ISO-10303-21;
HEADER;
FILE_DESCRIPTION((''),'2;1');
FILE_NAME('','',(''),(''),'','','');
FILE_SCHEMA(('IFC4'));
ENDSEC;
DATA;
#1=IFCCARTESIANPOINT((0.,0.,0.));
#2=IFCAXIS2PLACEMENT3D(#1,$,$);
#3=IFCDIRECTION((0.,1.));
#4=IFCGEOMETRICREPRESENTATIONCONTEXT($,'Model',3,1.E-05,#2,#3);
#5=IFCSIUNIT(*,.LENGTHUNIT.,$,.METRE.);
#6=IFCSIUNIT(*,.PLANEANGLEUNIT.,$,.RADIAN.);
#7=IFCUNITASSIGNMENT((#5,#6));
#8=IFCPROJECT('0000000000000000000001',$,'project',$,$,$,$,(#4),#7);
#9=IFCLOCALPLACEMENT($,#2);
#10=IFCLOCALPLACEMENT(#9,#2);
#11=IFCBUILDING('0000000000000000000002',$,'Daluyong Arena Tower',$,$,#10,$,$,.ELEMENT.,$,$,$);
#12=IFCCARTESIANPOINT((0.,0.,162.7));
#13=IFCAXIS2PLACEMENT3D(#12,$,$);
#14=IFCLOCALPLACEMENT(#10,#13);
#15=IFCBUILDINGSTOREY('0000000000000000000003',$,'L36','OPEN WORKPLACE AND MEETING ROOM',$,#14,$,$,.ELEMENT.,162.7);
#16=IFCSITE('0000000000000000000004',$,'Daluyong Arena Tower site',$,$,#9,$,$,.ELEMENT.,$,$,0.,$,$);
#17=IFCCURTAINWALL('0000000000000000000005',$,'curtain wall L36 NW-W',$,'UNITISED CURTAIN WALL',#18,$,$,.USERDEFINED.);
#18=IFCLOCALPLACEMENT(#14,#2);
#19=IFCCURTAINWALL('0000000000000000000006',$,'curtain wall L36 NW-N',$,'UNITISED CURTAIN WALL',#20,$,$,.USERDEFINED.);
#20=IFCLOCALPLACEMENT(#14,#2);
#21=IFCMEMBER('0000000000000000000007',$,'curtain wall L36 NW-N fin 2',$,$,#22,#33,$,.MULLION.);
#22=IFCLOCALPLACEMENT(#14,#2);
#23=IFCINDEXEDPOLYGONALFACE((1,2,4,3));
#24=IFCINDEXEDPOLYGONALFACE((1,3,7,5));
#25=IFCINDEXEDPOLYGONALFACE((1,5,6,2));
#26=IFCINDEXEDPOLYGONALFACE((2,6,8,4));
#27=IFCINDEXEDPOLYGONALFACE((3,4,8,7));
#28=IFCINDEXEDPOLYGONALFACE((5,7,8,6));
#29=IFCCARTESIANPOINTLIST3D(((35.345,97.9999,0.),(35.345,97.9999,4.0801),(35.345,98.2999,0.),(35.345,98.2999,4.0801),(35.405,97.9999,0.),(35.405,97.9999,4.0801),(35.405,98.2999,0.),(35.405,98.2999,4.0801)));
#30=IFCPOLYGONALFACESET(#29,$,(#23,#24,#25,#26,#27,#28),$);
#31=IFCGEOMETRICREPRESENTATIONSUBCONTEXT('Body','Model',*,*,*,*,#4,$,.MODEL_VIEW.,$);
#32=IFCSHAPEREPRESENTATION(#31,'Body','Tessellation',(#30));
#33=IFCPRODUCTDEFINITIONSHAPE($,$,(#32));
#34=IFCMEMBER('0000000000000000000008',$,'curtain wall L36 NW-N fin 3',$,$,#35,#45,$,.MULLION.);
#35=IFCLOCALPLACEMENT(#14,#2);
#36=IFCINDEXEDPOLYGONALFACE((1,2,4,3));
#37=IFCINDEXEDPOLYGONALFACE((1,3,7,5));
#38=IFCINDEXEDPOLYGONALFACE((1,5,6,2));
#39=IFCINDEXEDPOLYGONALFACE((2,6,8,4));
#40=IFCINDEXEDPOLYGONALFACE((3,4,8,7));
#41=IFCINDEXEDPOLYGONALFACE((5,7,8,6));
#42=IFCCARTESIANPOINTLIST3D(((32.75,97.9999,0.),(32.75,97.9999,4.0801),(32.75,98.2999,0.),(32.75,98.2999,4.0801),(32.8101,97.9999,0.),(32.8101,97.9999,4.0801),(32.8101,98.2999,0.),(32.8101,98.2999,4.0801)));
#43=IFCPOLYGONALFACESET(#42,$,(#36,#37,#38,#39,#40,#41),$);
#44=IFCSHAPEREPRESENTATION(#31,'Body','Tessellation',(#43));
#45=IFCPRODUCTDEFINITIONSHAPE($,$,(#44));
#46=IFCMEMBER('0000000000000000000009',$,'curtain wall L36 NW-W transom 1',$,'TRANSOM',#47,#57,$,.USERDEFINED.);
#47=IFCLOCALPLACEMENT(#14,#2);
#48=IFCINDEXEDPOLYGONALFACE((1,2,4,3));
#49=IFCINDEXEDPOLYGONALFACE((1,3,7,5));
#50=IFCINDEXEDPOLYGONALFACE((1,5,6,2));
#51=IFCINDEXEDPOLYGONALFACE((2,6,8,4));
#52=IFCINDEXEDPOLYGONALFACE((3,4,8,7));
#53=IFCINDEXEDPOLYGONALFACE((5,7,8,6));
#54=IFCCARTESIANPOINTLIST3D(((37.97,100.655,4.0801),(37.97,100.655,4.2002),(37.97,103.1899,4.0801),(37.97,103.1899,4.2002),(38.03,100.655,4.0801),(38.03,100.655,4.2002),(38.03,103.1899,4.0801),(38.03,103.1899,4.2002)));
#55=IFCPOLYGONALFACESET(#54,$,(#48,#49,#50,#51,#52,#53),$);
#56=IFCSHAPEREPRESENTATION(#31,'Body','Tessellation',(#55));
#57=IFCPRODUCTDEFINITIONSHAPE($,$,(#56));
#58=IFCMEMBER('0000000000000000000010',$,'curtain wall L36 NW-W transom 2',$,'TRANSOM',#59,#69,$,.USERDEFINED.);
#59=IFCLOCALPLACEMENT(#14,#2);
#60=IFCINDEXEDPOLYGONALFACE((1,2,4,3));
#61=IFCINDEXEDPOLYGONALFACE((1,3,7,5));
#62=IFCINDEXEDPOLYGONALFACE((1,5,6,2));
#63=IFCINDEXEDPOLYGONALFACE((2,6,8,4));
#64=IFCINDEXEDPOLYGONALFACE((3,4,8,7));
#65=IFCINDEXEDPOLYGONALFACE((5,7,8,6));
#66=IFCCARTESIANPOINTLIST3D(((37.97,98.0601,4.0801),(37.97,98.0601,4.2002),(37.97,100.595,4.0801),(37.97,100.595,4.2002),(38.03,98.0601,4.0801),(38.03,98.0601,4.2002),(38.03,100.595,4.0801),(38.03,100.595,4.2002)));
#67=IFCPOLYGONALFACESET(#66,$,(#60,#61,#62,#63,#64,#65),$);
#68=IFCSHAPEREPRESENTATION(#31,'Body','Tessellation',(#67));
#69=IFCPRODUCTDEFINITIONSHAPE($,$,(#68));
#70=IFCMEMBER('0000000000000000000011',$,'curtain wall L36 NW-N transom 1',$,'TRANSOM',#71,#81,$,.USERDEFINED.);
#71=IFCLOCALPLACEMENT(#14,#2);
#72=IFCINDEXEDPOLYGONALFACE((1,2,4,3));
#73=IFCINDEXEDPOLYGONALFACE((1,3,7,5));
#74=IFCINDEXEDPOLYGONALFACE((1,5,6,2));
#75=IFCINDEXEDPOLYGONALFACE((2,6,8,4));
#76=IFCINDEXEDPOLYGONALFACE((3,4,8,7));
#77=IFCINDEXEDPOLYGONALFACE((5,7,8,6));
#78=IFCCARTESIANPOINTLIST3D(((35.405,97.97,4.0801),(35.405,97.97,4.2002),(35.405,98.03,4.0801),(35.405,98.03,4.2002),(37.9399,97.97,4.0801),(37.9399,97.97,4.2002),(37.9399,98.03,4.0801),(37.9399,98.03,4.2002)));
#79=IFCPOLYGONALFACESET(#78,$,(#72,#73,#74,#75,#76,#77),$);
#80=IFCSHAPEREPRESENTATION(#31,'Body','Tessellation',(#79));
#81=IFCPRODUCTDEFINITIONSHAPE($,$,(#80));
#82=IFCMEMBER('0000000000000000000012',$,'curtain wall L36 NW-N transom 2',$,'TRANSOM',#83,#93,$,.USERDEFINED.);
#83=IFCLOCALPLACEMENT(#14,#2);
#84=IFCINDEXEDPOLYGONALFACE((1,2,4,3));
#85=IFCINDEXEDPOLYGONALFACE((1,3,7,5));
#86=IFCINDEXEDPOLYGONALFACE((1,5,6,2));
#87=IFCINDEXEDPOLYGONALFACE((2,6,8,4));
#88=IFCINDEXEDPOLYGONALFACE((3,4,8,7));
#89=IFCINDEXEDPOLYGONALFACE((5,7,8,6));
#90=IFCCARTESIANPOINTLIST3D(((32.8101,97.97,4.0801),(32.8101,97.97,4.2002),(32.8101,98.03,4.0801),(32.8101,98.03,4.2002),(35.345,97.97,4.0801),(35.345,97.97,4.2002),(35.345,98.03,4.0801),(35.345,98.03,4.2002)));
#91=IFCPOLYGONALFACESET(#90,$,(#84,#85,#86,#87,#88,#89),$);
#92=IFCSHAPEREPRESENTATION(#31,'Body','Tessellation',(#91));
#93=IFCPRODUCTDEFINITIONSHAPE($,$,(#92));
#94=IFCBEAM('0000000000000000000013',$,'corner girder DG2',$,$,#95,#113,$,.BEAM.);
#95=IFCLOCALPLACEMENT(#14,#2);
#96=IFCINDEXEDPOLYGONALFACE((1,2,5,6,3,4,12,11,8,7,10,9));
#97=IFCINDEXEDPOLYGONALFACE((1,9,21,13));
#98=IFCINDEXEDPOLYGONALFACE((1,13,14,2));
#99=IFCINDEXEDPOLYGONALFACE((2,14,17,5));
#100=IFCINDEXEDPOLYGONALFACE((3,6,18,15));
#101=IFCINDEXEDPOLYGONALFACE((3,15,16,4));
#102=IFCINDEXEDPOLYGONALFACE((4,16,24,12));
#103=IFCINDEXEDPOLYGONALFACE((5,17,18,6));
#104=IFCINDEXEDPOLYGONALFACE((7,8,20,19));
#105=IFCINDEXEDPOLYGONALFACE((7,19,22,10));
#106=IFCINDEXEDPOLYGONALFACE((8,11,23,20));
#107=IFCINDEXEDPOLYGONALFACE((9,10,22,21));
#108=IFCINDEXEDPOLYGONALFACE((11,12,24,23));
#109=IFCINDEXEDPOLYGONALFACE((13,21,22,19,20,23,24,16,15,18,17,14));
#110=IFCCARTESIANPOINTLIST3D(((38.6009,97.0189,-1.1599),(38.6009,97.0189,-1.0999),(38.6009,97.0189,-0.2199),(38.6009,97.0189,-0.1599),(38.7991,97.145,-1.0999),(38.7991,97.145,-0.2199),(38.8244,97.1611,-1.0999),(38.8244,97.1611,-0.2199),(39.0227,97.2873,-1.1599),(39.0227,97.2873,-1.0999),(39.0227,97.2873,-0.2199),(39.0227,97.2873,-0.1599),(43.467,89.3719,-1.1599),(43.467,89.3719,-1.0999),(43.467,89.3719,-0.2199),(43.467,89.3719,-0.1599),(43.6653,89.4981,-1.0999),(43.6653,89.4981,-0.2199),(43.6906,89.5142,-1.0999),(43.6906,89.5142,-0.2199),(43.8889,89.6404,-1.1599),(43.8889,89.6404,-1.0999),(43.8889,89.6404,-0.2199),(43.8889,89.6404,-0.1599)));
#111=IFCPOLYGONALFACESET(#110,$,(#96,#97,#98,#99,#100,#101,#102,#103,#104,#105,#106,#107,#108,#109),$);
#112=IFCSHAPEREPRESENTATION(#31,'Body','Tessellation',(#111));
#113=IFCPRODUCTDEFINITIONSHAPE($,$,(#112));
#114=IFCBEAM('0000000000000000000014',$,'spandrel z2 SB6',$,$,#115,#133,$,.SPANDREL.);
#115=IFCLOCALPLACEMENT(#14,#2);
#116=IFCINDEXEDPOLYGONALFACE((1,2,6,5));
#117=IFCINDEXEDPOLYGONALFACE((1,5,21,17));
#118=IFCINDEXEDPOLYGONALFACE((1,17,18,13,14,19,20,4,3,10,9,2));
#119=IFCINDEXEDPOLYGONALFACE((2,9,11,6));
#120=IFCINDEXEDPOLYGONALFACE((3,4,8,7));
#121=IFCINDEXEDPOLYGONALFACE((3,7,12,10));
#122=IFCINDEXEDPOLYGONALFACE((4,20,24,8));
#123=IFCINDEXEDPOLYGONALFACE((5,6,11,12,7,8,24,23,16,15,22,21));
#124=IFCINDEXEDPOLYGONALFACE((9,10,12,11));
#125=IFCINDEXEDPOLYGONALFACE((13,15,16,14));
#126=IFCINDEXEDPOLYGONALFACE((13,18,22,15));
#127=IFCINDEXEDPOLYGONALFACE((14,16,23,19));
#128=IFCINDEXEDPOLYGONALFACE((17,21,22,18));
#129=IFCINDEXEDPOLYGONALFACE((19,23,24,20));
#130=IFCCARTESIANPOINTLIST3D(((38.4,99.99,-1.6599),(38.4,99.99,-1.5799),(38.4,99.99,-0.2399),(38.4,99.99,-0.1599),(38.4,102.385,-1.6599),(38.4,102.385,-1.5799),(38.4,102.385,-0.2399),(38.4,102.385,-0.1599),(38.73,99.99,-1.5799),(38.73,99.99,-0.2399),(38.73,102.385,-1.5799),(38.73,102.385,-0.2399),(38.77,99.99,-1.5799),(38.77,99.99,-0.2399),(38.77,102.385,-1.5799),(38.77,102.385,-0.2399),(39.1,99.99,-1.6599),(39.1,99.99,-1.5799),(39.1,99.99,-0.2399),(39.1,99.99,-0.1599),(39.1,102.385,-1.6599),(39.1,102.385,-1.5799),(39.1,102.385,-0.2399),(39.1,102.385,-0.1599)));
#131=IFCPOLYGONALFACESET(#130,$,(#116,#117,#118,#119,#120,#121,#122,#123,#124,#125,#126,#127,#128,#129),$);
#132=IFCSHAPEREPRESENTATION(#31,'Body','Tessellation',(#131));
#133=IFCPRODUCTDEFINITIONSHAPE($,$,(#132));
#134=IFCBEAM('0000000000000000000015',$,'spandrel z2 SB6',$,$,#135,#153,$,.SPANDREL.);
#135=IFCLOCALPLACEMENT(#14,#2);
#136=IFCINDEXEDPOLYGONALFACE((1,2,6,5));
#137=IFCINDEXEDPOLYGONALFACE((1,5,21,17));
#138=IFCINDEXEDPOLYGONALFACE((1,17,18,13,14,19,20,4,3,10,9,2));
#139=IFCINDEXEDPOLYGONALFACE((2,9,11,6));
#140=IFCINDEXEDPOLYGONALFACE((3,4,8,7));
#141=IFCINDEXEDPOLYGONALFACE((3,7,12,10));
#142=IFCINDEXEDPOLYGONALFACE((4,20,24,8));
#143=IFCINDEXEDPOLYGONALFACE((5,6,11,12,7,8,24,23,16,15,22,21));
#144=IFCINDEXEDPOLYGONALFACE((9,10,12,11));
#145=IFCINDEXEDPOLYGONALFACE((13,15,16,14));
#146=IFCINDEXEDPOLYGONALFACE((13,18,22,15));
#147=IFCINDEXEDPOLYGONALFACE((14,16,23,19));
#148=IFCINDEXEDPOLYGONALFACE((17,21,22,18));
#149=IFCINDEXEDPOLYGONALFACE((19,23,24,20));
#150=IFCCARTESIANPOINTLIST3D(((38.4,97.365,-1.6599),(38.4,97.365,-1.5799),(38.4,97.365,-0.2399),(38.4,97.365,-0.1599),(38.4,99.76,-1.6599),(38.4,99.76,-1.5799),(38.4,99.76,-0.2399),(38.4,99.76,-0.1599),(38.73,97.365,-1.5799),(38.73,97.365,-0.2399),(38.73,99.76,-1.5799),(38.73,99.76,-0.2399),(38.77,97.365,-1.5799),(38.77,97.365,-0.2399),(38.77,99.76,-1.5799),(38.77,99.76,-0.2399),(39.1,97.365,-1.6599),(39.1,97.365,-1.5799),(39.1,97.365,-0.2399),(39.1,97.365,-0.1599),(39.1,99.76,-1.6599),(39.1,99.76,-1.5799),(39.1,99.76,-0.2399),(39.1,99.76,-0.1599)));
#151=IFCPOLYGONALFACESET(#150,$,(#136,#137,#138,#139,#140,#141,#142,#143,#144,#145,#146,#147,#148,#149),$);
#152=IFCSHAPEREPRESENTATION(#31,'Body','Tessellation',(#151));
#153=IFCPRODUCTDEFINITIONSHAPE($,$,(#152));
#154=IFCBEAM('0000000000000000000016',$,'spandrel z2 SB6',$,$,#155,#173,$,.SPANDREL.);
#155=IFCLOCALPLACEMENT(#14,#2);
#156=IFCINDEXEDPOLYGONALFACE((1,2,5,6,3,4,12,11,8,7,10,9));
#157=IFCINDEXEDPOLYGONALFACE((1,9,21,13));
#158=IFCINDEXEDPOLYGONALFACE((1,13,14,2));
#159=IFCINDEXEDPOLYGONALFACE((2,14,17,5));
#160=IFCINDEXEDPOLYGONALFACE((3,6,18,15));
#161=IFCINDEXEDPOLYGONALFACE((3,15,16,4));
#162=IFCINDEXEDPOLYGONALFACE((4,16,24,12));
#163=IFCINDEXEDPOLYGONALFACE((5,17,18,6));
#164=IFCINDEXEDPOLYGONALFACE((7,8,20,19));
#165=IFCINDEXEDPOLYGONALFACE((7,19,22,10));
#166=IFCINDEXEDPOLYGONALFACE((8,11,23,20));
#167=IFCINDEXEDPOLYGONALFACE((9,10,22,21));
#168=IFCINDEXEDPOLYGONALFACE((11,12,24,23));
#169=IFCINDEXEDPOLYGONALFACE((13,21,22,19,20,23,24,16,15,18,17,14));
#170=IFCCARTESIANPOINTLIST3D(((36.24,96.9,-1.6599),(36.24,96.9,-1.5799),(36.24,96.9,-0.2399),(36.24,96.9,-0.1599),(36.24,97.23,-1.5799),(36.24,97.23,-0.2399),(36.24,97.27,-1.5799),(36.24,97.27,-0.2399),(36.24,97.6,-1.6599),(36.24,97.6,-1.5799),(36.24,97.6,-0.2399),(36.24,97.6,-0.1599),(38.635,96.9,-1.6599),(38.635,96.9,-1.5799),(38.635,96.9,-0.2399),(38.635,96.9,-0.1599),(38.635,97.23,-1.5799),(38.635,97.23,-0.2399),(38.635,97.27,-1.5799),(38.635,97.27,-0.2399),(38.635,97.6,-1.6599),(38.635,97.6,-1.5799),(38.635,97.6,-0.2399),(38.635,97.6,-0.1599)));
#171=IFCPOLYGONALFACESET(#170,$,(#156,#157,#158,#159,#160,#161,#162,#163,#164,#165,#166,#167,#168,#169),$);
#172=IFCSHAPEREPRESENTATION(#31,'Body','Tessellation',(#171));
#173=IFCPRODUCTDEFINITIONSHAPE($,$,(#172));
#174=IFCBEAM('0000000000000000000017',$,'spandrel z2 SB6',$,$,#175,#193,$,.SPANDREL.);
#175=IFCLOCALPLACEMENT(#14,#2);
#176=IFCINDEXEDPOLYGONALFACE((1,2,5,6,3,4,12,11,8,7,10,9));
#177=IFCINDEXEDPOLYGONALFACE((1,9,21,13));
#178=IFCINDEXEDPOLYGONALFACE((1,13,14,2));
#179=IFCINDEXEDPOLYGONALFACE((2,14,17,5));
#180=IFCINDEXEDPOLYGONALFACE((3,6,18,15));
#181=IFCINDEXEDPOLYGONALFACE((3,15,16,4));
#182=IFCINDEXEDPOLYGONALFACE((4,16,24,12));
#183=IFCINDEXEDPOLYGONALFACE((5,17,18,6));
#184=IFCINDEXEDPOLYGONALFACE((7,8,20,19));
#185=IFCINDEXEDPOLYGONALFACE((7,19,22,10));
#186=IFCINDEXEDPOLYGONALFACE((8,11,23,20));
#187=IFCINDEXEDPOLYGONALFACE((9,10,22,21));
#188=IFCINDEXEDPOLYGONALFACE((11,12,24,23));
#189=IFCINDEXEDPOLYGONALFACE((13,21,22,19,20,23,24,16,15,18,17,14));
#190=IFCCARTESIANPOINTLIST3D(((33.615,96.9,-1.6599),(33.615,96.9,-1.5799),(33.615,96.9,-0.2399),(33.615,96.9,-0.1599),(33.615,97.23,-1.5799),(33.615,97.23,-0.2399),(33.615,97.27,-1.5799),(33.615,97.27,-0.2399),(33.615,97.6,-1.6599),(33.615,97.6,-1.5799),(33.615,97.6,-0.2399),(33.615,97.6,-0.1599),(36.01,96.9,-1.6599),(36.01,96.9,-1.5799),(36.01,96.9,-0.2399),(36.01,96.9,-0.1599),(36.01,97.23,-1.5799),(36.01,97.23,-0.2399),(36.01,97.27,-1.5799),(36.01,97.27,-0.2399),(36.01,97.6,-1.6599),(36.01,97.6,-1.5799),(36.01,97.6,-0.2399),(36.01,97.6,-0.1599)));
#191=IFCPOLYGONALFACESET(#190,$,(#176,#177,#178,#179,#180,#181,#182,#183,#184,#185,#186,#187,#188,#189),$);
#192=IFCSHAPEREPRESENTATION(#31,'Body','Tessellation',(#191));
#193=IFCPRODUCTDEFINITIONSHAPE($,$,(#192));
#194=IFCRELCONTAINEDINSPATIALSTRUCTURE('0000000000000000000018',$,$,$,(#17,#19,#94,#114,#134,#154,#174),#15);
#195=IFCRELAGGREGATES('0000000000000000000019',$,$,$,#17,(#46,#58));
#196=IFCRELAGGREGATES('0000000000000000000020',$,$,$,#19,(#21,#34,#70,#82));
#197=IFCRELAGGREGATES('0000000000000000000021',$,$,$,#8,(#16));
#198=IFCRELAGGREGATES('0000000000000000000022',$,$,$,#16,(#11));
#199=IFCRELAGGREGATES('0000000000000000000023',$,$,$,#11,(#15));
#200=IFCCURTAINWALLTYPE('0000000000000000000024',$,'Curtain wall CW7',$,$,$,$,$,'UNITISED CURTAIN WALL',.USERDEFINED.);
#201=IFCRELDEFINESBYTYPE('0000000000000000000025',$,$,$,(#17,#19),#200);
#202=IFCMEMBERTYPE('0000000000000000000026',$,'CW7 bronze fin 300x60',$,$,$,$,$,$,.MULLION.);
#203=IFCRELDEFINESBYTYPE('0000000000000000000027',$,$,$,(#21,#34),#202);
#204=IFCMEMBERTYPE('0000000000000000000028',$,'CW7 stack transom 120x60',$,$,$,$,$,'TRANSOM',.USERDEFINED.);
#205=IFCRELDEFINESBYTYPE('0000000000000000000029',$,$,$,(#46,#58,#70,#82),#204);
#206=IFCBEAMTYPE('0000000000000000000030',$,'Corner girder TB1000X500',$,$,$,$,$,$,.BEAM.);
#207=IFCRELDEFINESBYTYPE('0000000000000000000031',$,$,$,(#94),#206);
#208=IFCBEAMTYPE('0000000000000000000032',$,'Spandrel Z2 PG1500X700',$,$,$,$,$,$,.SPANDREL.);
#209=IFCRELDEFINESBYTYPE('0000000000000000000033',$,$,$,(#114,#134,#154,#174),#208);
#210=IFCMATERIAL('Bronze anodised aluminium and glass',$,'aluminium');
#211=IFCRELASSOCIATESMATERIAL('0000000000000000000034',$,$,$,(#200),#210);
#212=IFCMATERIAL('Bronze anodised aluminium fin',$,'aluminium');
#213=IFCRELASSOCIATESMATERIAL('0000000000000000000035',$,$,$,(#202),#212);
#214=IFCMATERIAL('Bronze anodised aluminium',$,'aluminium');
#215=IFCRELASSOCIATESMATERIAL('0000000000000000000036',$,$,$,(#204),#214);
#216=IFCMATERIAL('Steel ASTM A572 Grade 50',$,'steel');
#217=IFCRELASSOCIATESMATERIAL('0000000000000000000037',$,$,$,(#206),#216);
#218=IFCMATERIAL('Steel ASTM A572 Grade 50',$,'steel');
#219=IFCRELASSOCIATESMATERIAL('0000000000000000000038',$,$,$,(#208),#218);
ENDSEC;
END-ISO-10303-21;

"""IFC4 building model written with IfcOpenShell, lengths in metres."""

from ifc_helpers import new_model, si_unit, direction, frame, origin, origin_2d, place, context, subcontext, project, spatial, rectangle, i_section, extrude, material, material_profile, profile_set, type_object, element, aggregate, save


model = new_model("IFC4")

# Units and contexts
model_context = context("Model", 3, precision=1e-05, world=origin(), true_north=direction((0.0, 1.0)))
body_context = subcontext(model_context, "Body", "Model", "MODEL_VIEW")
ifc_project = project(units=[si_unit("LENGTHUNIT", "METRE"), si_unit("PLANEANGLEUNIT", "RADIAN")], contexts=[model_context])

# Site, building, storey
site_placement = place(None, origin())
site = spatial("IfcSite", under=ifc_project, at=site_placement, Name="Daluyong Arena Tower site", CompositionType="ELEMENT", RefElevation=0.0)
building_placement = place(site_placement, origin())
building = spatial("IfcBuilding", under=site, at=building_placement, Name="Daluyong Arena Tower", CompositionType="ELEMENT")
storey_placement = place(building_placement, frame((0.0, 0.0, 162.7)))
storey = spatial("IfcBuildingStorey", under=building, at=storey_placement, Name="L36", Description="OPEN WORKPLACE AND MEETING ROOM", CompositionType="ELEMENT", Elevation=162.7)

# Curtain walls, members
ifc_material_1 = material(Name="Bronze anodised aluminium and glass", Category="aluminium")
curtain_wall_type_1 = type_object("IfcCurtainWallType", Name="Curtain wall CW7", ElementType="UNITISED CURTAIN WALL", PredefinedType="USERDEFINED", material=ifc_material_1)
curtain_wall_1_placement = place(storey_placement, origin())
curtain_wall_1 = element("IfcCurtainWall", 1, at=curtain_wall_1_placement, inside=storey, type_object=curtain_wall_type_1, Name="curtain wall L36 NW-W", ObjectType="UNITISED CURTAIN WALL", PredefinedType="USERDEFINED")
ifc_material_2 = material(Name="Bronze anodised aluminium fin", Category="aluminium")
ifc_material_profile_1 = material_profile(ifc_material_2, rectangle(XDim=0.3, YDim=0.0601, at=origin_2d()))
ifc_profile_set_1 = profile_set([ifc_material_profile_1], Name="Bronze anodised aluminium fin")
member_type_1 = type_object("IfcMemberType", Name="CW7 bronze fin 300x60", PredefinedType="MULLION", material=ifc_profile_set_1)
curtain_wall_2_placement = place(storey_placement, origin())
curtain_wall_2 = element("IfcCurtainWall", 2, at=curtain_wall_2_placement, inside=storey, type_object=curtain_wall_type_1, Name="curtain wall L36 NW-N", ObjectType="UNITISED CURTAIN WALL", PredefinedType="USERDEFINED")
member_1_placement = place(storey_placement, frame((35.375, 98.1499, 0.0), z_axis=(0.0, 0.0, 1.0), x_axis=(0.0, -1.0, 0.0)))
member_1 = element("IfcMember", 3, at=member_1_placement, type_object=member_type_1, Name="curtain wall L36 NW-N fin 2", PredefinedType="MULLION", context=body_context, shape_type="SweptSolid", body=[
    extrude(rectangle(XDim=0.3, YDim=0.0601, at=origin_2d()), origin(), (0.0, 0.0, 1.0), 4.0801),
])
member_2_placement = place(storey_placement, frame((32.78, 98.1499, 0.0), z_axis=(0.0, 0.0, 1.0), x_axis=(0.0, -1.0, 0.0)))
member_2 = element("IfcMember", 4, at=member_2_placement, type_object=member_type_1, Name="curtain wall L36 NW-N fin 3", PredefinedType="MULLION", context=body_context, shape_type="SweptSolid", body=[
    extrude(rectangle(XDim=0.3, YDim=0.0601, at=origin_2d()), origin(), (0.0, 0.0, 1.0), 4.0801),
])

# Members
ifc_material_3 = material(Name="Bronze anodised aluminium", Category="aluminium")
ifc_material_profile_2 = material_profile(ifc_material_3, rectangle(XDim=0.0601, YDim=0.1201, at=origin_2d()))
ifc_profile_set_2 = profile_set([ifc_material_profile_2], Name="Bronze anodised aluminium")
member_type_2 = type_object("IfcMemberType", Name="CW7 stack transom 120x60", ElementType="TRANSOM", PredefinedType="USERDEFINED", material=ifc_profile_set_2)
member_3_placement = place(storey_placement, frame((38.0, 103.1899, 4.1401), z_axis=(0.0, -1.0, 0.0), x_axis=(1.0, 0.0, 0.0)))
member_3 = element("IfcMember", 5, at=member_3_placement, type_object=member_type_2, Name="curtain wall L36 NW-W transom 1", ObjectType="TRANSOM", PredefinedType="USERDEFINED", context=body_context, shape_type="SweptSolid", body=[
    extrude(rectangle(XDim=0.0601, YDim=0.1201, at=origin_2d()), origin(), (0.0, 0.0, 1.0), 2.5349),
])
member_4_placement = place(storey_placement, frame((38.0, 100.595, 4.1401), z_axis=(0.0, -1.0, 0.0), x_axis=(1.0, 0.0, 0.0)))
member_4 = element("IfcMember", 6, at=member_4_placement, type_object=member_type_2, Name="curtain wall L36 NW-W transom 2", ObjectType="TRANSOM", PredefinedType="USERDEFINED", context=body_context, shape_type="SweptSolid", body=[
    extrude(rectangle(XDim=0.0601, YDim=0.1201, at=origin_2d()), origin(), (0.0, 0.0, 1.0), 2.5349),
])
member_5_placement = place(storey_placement, frame((37.9399, 98.0, 4.1401), z_axis=(-1.0, 0.0, 0.0), x_axis=(0.0, -1.0, 0.0)))
member_5 = element("IfcMember", 7, at=member_5_placement, type_object=member_type_2, Name="curtain wall L36 NW-N transom 1", ObjectType="TRANSOM", PredefinedType="USERDEFINED", context=body_context, shape_type="SweptSolid", body=[
    extrude(rectangle(XDim=0.0601, YDim=0.1201, at=origin_2d()), origin(), (0.0, 0.0, 1.0), 2.5349),
])
member_6_placement = place(storey_placement, frame((35.345, 98.0, 4.1401), z_axis=(-1.0, 0.0, 0.0), x_axis=(0.0, -1.0, 0.0)))
member_6 = element("IfcMember", 8, at=member_6_placement, type_object=member_type_2, Name="curtain wall L36 NW-N transom 2", ObjectType="TRANSOM", PredefinedType="USERDEFINED", context=body_context, shape_type="SweptSolid", body=[
    extrude(rectangle(XDim=0.0601, YDim=0.1201, at=origin_2d()), origin(), (0.0, 0.0, 1.0), 2.5349),
])

# Beams
ifc_material_4 = material(Name="Steel ASTM A572 Grade 50", Category="steel")
ifc_material_profile_3 = material_profile(ifc_material_4, i_section(OverallWidth=0.5, OverallDepth=1.0, WebThickness=0.03, FlangeThickness=0.06, at=origin_2d()))
ifc_profile_set_3 = profile_set([ifc_material_profile_3], Name="Steel ASTM A572 Grade 50")
beam_type_1 = type_object("IfcBeamType", Name="Corner girder TB1000X500", PredefinedType="BEAM", material=ifc_profile_set_3)
beam_1_placement = place(storey_placement, frame((38.8118, 97.1531, -0.6599), z_axis=(0.536872, -0.843664, 0.0), x_axis=(0.843664, 0.536872, 0.0)))
element("IfcBeam", 9, at=beam_1_placement, inside=storey, type_object=beam_type_1, Name="corner girder DG2", PredefinedType="BEAM", context=body_context, shape_type="SweptSolid", body=[
    extrude(i_section(OverallWidth=0.5, OverallDepth=1.0, WebThickness=0.03, FlangeThickness=0.06, at=origin_2d()), origin(), (0.0, 0.0, 1.0), 9.064),
])
ifc_material_5 = material(Name="Steel ASTM A572 Grade 50", Category="steel")
ifc_material_profile_4 = material_profile(ifc_material_5, i_section(OverallWidth=0.7, OverallDepth=1.5, WebThickness=0.04, FlangeThickness=0.08, at=origin_2d()))
ifc_profile_set_4 = profile_set([ifc_material_profile_4], Name="Steel ASTM A572 Grade 50")
beam_type_2 = type_object("IfcBeamType", Name="Spandrel Z2 PG1500X700", PredefinedType="SPANDREL", material=ifc_profile_set_4)
for number, where, z_axis, x_axis, name in (
    (10, (38.75, 102.385, -0.9099), (0.0, -1.0, 0.0), (1.0, 0.0, 0.0), "spandrel z2 SB6"),
    (11, (38.75, 99.76, -0.9099), (0.0, -1.0, 0.0), (1.0, 0.0, 0.0), "spandrel z2 SB6"),
    (12, (38.635, 97.25, -0.9099), (-1.0, 0.0, 0.0), (0.0, -1.0, 0.0), "spandrel z2 SB6"),
    (13, (36.01, 97.25, -0.9099), (-1.0, 0.0, 0.0), (0.0, -1.0, 0.0), "spandrel z2 SB6"),
):
    element("IfcBeam", number, at=place(storey_placement, frame(where, z_axis=z_axis, x_axis=x_axis)), inside=storey, type_object=beam_type_2, Name=name, PredefinedType="SPANDREL", context=body_context, shape_type="SweptSolid", body=[
        extrude(i_section(OverallWidth=0.7, OverallDepth=1.5, WebThickness=0.04, FlangeThickness=0.08, at=origin_2d()), origin(), (0.0, 0.0, 1.0), 2.395),
    ])

aggregate(curtain_wall_1, [member_3, member_4])
aggregate(curtain_wall_2, [member_1, member_2, member_5, member_6])

save(model, "model.ifc")
